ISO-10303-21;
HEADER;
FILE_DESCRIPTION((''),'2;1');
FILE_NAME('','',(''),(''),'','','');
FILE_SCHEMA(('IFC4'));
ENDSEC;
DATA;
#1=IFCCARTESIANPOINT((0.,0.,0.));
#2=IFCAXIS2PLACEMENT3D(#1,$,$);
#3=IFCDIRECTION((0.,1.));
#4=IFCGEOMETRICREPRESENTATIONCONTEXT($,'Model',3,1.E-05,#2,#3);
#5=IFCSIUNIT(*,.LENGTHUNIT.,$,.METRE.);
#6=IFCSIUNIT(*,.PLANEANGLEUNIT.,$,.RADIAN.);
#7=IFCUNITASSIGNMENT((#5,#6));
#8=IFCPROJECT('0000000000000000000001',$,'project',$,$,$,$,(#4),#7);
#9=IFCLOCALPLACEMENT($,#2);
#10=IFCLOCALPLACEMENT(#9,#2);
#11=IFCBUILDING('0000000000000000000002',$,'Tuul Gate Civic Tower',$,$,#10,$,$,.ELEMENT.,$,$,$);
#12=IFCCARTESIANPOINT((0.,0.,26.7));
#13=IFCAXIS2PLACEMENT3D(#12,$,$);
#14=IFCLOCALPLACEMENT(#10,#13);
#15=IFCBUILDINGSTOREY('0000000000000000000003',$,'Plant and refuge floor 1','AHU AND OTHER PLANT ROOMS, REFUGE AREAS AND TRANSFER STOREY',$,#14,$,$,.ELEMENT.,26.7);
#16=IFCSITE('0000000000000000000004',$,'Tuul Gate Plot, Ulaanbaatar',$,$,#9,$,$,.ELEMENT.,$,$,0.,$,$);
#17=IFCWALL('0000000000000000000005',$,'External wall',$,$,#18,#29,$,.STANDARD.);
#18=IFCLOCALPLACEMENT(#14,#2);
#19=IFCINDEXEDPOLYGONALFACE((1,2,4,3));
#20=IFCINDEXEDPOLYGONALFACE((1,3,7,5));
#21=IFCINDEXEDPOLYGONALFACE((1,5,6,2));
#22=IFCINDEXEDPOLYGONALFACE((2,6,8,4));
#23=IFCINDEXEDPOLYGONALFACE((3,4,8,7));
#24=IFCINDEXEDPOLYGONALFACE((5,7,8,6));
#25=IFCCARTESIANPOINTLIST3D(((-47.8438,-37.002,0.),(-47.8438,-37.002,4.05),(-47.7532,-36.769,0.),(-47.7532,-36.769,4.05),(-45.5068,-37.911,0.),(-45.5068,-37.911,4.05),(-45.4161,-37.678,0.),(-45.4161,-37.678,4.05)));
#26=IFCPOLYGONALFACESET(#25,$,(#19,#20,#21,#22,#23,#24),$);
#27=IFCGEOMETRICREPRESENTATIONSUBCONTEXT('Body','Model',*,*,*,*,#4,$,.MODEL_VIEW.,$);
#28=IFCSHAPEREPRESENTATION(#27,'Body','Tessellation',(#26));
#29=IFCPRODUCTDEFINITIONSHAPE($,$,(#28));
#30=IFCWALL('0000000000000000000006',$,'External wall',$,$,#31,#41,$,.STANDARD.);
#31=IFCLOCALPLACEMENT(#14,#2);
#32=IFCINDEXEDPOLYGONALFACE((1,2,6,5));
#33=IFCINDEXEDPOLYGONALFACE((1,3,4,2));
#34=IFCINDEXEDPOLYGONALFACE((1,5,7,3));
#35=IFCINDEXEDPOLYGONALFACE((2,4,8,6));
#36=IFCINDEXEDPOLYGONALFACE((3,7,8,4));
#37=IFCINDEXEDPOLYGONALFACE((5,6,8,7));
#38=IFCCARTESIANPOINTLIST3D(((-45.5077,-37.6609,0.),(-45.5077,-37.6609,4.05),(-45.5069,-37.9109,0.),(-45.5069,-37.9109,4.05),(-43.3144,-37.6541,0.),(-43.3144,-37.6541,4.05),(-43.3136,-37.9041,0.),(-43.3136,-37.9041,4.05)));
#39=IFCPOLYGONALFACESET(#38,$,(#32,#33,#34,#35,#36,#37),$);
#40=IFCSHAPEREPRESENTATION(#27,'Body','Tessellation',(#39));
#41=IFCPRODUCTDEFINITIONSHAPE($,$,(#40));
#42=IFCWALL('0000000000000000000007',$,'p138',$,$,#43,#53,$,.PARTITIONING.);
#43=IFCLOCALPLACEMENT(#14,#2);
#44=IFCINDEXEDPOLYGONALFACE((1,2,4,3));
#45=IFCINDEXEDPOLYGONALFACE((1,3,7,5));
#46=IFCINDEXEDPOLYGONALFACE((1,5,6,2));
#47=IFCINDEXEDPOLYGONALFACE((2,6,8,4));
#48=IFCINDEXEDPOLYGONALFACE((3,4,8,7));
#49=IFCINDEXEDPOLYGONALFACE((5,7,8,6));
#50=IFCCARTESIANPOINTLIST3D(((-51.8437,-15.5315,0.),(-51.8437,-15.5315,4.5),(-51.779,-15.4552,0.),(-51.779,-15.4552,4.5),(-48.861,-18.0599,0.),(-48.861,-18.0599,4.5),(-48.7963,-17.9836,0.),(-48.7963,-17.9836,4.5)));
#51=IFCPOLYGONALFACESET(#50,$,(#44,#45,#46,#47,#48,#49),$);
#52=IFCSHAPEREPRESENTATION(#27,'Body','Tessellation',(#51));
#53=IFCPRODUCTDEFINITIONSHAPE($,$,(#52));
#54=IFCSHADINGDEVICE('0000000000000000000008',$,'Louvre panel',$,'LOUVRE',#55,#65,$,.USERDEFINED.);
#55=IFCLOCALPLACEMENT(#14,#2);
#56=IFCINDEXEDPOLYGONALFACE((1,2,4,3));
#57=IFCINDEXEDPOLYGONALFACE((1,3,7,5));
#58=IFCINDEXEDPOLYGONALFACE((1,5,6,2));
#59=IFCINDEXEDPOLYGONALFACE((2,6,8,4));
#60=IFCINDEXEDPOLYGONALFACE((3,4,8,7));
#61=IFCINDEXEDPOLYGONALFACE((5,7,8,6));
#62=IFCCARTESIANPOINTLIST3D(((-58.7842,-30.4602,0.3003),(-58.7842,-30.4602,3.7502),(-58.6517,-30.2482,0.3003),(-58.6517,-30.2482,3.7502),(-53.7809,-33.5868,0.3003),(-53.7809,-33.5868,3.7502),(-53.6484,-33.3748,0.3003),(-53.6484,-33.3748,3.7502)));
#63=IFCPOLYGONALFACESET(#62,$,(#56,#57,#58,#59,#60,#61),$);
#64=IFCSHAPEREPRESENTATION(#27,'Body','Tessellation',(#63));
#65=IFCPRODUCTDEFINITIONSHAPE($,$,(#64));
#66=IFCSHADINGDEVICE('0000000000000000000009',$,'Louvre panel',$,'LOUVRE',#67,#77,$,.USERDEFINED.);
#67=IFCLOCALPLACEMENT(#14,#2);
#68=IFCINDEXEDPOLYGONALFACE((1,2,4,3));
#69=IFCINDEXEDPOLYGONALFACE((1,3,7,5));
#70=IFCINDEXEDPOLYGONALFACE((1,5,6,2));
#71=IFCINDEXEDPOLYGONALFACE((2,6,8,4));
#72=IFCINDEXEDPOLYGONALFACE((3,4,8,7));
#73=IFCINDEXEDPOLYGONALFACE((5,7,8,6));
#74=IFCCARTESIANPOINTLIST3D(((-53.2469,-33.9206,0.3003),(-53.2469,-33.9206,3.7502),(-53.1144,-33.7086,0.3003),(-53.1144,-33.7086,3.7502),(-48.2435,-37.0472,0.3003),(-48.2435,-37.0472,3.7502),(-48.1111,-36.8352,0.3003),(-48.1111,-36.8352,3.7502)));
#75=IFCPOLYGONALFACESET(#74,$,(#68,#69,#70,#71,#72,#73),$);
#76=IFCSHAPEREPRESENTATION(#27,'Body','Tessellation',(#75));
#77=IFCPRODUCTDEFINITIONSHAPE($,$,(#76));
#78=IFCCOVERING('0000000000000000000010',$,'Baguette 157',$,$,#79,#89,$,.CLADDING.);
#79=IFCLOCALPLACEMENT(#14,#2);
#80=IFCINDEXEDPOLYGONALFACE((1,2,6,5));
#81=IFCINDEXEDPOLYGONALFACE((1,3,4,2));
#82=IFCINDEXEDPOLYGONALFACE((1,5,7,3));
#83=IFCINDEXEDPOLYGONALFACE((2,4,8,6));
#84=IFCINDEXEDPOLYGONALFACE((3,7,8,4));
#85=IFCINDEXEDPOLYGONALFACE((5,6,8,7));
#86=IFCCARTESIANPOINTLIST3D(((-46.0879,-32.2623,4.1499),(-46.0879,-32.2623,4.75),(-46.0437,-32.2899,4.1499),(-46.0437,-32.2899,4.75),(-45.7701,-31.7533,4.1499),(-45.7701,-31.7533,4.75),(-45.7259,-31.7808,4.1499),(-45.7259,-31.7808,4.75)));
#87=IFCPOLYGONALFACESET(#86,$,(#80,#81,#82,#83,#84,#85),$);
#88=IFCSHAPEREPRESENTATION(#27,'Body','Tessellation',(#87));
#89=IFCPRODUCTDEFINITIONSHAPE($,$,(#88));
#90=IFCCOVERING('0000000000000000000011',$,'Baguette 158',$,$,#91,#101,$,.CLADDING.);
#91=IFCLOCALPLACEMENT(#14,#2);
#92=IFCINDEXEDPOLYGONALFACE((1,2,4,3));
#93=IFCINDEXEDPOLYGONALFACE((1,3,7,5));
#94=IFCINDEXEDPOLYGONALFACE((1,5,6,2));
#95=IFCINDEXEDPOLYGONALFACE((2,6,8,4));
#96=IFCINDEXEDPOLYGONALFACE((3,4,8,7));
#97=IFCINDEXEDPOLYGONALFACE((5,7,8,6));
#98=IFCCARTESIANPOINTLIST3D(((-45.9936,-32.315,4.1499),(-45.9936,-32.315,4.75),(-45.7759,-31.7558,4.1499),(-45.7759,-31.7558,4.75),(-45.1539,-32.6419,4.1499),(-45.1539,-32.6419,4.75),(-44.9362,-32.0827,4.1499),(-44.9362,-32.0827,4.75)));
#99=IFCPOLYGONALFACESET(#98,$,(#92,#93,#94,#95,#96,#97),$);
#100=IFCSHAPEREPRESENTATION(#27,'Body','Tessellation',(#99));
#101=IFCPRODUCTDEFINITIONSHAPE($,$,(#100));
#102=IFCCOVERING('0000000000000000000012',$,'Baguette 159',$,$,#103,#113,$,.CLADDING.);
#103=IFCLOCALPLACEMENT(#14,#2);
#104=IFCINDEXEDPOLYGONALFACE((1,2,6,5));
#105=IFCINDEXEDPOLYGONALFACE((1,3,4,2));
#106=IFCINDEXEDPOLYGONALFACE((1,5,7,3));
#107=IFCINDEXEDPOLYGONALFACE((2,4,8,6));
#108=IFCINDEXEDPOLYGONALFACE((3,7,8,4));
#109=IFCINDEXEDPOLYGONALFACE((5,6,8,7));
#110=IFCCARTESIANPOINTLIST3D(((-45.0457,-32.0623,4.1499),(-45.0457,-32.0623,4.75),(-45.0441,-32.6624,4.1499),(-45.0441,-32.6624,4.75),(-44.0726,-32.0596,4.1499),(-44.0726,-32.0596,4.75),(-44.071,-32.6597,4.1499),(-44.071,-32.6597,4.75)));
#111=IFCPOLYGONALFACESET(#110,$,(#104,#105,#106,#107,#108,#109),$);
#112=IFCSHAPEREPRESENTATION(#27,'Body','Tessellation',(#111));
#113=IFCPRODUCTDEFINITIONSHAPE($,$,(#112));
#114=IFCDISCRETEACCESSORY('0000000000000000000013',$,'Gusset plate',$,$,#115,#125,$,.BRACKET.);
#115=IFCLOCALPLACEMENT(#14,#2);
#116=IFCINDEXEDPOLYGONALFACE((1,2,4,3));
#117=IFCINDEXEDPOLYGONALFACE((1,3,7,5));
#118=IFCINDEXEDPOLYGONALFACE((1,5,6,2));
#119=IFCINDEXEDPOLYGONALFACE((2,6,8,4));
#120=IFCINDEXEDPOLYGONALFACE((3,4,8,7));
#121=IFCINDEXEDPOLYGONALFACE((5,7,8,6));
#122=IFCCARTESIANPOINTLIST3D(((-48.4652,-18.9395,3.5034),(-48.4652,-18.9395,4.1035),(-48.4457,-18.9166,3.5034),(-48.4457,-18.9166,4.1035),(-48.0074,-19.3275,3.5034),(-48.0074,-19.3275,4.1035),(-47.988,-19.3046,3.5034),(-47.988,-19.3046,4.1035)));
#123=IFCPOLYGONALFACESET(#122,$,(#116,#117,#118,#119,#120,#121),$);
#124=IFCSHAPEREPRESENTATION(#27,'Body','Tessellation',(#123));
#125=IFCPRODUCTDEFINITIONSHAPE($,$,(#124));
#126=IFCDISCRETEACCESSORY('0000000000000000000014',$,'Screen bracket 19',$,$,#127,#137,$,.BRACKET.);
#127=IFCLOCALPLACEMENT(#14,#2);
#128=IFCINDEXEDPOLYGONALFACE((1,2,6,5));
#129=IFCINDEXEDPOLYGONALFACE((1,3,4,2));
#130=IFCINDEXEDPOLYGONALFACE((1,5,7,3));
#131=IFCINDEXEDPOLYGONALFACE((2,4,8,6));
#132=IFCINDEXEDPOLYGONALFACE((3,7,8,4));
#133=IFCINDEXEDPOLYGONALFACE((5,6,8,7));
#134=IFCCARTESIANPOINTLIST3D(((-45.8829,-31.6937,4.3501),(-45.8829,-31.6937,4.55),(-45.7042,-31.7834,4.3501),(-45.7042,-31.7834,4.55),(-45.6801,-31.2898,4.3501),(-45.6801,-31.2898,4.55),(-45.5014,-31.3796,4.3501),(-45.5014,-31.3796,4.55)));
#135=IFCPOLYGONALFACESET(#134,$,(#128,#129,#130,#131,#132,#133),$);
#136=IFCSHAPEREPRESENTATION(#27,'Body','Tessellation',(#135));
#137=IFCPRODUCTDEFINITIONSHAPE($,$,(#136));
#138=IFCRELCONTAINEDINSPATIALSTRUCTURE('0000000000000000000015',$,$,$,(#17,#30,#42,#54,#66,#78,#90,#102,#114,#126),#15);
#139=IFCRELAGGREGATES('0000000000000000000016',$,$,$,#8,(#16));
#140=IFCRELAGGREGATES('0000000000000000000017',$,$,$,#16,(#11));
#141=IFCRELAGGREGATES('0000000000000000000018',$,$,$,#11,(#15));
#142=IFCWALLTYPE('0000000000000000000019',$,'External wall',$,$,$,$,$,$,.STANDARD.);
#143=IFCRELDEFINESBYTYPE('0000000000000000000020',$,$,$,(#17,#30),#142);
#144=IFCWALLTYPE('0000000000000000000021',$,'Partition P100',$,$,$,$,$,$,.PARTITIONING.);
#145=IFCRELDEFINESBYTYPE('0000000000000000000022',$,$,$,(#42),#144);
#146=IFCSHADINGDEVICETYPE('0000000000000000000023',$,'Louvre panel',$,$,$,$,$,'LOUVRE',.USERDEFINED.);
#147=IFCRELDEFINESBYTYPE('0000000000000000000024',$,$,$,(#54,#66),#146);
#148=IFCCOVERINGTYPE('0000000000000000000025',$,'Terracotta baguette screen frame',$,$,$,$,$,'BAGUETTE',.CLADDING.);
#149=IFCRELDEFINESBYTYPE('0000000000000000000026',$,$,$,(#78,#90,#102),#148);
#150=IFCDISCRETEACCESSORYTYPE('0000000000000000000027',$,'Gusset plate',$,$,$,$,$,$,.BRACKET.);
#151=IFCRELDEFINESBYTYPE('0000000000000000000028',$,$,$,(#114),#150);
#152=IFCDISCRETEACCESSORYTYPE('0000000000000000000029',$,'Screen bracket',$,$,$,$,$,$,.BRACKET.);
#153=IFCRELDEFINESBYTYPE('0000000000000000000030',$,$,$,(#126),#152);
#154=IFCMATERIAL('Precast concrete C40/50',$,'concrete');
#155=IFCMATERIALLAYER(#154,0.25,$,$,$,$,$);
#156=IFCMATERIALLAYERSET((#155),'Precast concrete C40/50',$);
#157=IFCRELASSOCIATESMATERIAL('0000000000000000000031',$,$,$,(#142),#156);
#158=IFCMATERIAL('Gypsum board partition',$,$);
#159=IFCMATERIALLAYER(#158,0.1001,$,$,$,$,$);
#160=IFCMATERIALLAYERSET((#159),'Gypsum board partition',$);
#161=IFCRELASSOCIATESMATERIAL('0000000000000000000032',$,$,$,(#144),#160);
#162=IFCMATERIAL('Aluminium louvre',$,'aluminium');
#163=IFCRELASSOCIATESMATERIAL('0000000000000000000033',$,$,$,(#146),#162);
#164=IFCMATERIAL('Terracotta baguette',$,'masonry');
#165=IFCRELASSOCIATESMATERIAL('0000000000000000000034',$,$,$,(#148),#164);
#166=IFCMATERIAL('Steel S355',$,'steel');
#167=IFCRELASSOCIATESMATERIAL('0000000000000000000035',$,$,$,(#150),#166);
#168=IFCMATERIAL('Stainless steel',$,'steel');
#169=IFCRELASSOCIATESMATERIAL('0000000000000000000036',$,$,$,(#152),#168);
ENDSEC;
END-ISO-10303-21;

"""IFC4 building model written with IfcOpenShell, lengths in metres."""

from ifc_helpers import new_model, si_unit, direction, frame, frame_2d, origin, origin_2d, place, context, subcontext, project, spatial, rectangle, extrude, material, layer, layer_set, material_profile, profile_set, type_object, element, save


model = new_model("IFC4")

# Units and contexts
model_context = context("Model", 3, precision=1e-05, world=origin(), true_north=direction((0.0, 1.0)))
body_context = subcontext(model_context, "Body", "Model", "MODEL_VIEW")
ifc_project = project(units=[si_unit("LENGTHUNIT", "METRE"), si_unit("PLANEANGLEUNIT", "RADIAN")], contexts=[model_context])

# Site, building, storey
site_placement = place(None, origin())
site = spatial("IfcSite", under=ifc_project, at=site_placement, Name="Tuul Gate Plot, Ulaanbaatar", CompositionType="ELEMENT", RefElevation=0.0)
building_placement = place(site_placement, origin())
building = spatial("IfcBuilding", under=site, at=building_placement, Name="Tuul Gate Civic Tower", CompositionType="ELEMENT")
storey_placement = place(building_placement, frame((0.0, 0.0, 26.7)))
storey = spatial("IfcBuildingStorey", under=building, at=storey_placement, Name="Plant and refuge floor 1", Description="AHU AND OTHER PLANT ROOMS, REFUGE AREAS AND TRANSFER STOREY", CompositionType="ELEMENT", Elevation=26.7)

# Walls
ifc_material_1 = material(Name="Precast concrete C40/50", Category="concrete")
ifc_layer_1 = layer(ifc_material_1, 0.25)
ifc_layer_set_1 = layer_set([ifc_layer_1], Name="Precast concrete C40/50")
wall_type_1 = type_object("IfcWallType", Name="External wall", PredefinedType="STANDARD", material=ifc_layer_set_1)
wall_1_placement = place(storey_placement, frame((-47.7986, -36.8855, 0.0), z_axis=(0.0, 0.0, 1.0), x_axis=(0.931986, -0.362493, 0.0)))
element("IfcWall", 1, at=wall_1_placement, inside=storey, type_object=wall_type_1, Name="External wall", PredefinedType="STANDARD", context=body_context, shape_type="SweptSolid", body=[
    extrude(rectangle(XDim=2.5076, YDim=0.25, at=frame_2d((1.2539, 0.0))), origin(), (0.0, 0.0, 1.0), 4.05),
])
wall_2_placement = place(storey_placement, frame((-45.5073, -37.7859, 0.0), z_axis=(0.0, 0.0, 1.0), x_axis=(0.999995, 0.003117, 0.0)))
element("IfcWall", 2, at=wall_2_placement, inside=storey, type_object=wall_type_1, Name="External wall", PredefinedType="STANDARD", context=body_context, shape_type="SweptSolid", body=[
    extrude(rectangle(XDim=2.1934, YDim=0.25, at=frame_2d((1.0967, 0.0))), origin(), (0.0, 0.0, 1.0), 4.05),
])
ifc_material_2 = material(Name="Gypsum board partition")
ifc_layer_2 = layer(ifc_material_2, 0.1001)
ifc_layer_set_2 = layer_set([ifc_layer_2], Name="Gypsum board partition")
wall_type_2 = type_object("IfcWallType", Name="Partition P100", PredefinedType="PARTITIONING", material=ifc_layer_set_2)
wall_3_placement = place(storey_placement, frame((-48.8286, -18.0217, 0.0), z_axis=(0.0, 0.0, 1.0), x_axis=(-0.762815, 0.646617, 0.0)))
element("IfcWall", 3, at=wall_3_placement, inside=storey, type_object=wall_type_2, Name="p138", PredefinedType="PARTITIONING", context=body_context, shape_type="SweptSolid", body=[
    extrude(rectangle(XDim=3.9102, YDim=0.1001, at=frame_2d((1.9551, 0.0))), origin(), (0.0, 0.0, 1.0), 4.5),
])

# Shading devices
ifc_material_3 = material(Name="Aluminium louvre", Category="aluminium")
shading_device_type = type_object("IfcShadingDeviceType", Name="Louvre panel", ElementType="LOUVRE", PredefinedType="USERDEFINED", material=ifc_material_3)
for number, where, z_axis, x_axis, name in (
    (4, (-56.2163, -31.9175, 0.3003), (0.0, 0.0, 1.0), (-0.529944, -0.848033, 0.0), "Louvre panel"),
    (5, (-50.679, -35.3779, 0.3003), (0.0, 0.0, 1.0), (-0.529944, -0.848033, 0.0), "Louvre panel"),
):
    element("IfcShadingDevice", number, at=place(storey_placement, frame(where, z_axis=z_axis, x_axis=x_axis)), inside=storey, type_object=shading_device_type, Name=name, ObjectType="LOUVRE", PredefinedType="USERDEFINED", context=body_context, shape_type="SweptSolid", body=[
        extrude(rectangle(XDim=0.25, YDim=5.8999, at=origin_2d()), origin(), (0.0, 0.0, 1.0), 3.45),
    ])

# Coverings
ifc_material_4 = material(Name="Terracotta baguette", Category="masonry")
ifc_material_profile_1 = material_profile(ifc_material_4, rectangle(XDim=0.6001, YDim=0.6001, at=origin_2d()), Name="Terracotta baguette screen frame")
ifc_profile_set_1 = profile_set([ifc_material_profile_1], Name="Terracotta baguette")
covering_type = type_object("IfcCoveringType", Name="Terracotta baguette screen frame", ElementType="BAGUETTE", PredefinedType="CLADDING", material=ifc_profile_set_1)
covering_1_placement = place(storey_placement, frame((-45.929, -32.0078, 4.45), z_axis=(0.848261, -0.529578, 0.0), x_axis=(0.529578, 0.848261, 0.0)))
element("IfcCovering", 6, at=covering_1_placement, inside=storey, type_object=covering_type, Name="Baguette 157", PredefinedType="CLADDING", context=body_context, shape_type="SweptSolid", body=[
    extrude(rectangle(XDim=0.6001, YDim=0.6001, at=origin_2d()), origin(), (0.0, 0.0, 1.0), 0.052),
])
covering_2_placement = place(storey_placement, frame((-45.8848, -32.0354, 4.45), z_axis=(0.931893, -0.362734, 0.0), x_axis=(0.362734, 0.931893, 0.0)))
element("IfcCovering", 7, at=covering_2_placement, inside=storey, type_object=covering_type, Name="Baguette 158", PredefinedType="CLADDING", context=body_context, shape_type="SweptSolid", body=[
    extrude(rectangle(XDim=0.6001, YDim=0.6001, at=origin_2d()), origin(), (0.0, 0.0, 1.0), 0.9011),
])
covering_3_placement = place(storey_placement, frame((-45.0449, -32.3623, 4.45), z_axis=(0.999996, 0.00276, 0.0), x_axis=(-0.00276, 0.999996, 0.0)))
element("IfcCovering", 8, at=covering_3_placement, inside=storey, type_object=covering_type, Name="Baguette 159", PredefinedType="CLADDING", context=body_context, shape_type="SweptSolid", body=[
    extrude(rectangle(XDim=0.6001, YDim=0.6001, at=origin_2d()), origin(), (0.0, 0.0, 1.0), 0.9731),
])

# Discrete accessories
ifc_material_5 = material(Name="Steel S355", Category="steel")
discrete_accessory_type_1 = type_object("IfcDiscreteAccessoryType", Name="Gusset plate", PredefinedType="BRACKET", material=ifc_material_5)
discrete_accessory_1_placement = place(storey_placement, frame((-48.2266, -19.1221, 3.5034), z_axis=(0.0, 0.0, 1.0), x_axis=(-0.762835, 0.646593, 0.0)))
element("IfcDiscreteAccessory", 9, at=discrete_accessory_1_placement, inside=storey, type_object=discrete_accessory_type_1, Name="Gusset plate", PredefinedType="BRACKET", context=body_context, shape_type="SweptSolid", body=[
    extrude(rectangle(XDim=0.6001, YDim=0.03, at=origin_2d()), origin(), (0.0, 0.0, 1.0), 0.6001),
])
ifc_material_6 = material(Name="Stainless steel", Category="steel")
discrete_accessory_type_2 = type_object("IfcDiscreteAccessoryType", Name="Screen bracket", PredefinedType="BRACKET", material=ifc_material_6)
discrete_accessory_2_placement = place(storey_placement, frame((-45.6921, -31.5366, 4.3501), z_axis=(0.0, 0.0, 1.0), x_axis=(-0.448836, -0.893614, 0.0)))
element("IfcDiscreteAccessory", 10, at=discrete_accessory_2_placement, inside=storey, type_object=discrete_accessory_type_2, Name="Screen bracket 19", PredefinedType="BRACKET", context=body_context, shape_type="SweptSolid", body=[
    extrude(rectangle(XDim=0.4519, YDim=0.2, at=origin_2d()), origin(), (0.0, 0.0, 1.0), 0.2),
])

save(model, "model.ifc")
